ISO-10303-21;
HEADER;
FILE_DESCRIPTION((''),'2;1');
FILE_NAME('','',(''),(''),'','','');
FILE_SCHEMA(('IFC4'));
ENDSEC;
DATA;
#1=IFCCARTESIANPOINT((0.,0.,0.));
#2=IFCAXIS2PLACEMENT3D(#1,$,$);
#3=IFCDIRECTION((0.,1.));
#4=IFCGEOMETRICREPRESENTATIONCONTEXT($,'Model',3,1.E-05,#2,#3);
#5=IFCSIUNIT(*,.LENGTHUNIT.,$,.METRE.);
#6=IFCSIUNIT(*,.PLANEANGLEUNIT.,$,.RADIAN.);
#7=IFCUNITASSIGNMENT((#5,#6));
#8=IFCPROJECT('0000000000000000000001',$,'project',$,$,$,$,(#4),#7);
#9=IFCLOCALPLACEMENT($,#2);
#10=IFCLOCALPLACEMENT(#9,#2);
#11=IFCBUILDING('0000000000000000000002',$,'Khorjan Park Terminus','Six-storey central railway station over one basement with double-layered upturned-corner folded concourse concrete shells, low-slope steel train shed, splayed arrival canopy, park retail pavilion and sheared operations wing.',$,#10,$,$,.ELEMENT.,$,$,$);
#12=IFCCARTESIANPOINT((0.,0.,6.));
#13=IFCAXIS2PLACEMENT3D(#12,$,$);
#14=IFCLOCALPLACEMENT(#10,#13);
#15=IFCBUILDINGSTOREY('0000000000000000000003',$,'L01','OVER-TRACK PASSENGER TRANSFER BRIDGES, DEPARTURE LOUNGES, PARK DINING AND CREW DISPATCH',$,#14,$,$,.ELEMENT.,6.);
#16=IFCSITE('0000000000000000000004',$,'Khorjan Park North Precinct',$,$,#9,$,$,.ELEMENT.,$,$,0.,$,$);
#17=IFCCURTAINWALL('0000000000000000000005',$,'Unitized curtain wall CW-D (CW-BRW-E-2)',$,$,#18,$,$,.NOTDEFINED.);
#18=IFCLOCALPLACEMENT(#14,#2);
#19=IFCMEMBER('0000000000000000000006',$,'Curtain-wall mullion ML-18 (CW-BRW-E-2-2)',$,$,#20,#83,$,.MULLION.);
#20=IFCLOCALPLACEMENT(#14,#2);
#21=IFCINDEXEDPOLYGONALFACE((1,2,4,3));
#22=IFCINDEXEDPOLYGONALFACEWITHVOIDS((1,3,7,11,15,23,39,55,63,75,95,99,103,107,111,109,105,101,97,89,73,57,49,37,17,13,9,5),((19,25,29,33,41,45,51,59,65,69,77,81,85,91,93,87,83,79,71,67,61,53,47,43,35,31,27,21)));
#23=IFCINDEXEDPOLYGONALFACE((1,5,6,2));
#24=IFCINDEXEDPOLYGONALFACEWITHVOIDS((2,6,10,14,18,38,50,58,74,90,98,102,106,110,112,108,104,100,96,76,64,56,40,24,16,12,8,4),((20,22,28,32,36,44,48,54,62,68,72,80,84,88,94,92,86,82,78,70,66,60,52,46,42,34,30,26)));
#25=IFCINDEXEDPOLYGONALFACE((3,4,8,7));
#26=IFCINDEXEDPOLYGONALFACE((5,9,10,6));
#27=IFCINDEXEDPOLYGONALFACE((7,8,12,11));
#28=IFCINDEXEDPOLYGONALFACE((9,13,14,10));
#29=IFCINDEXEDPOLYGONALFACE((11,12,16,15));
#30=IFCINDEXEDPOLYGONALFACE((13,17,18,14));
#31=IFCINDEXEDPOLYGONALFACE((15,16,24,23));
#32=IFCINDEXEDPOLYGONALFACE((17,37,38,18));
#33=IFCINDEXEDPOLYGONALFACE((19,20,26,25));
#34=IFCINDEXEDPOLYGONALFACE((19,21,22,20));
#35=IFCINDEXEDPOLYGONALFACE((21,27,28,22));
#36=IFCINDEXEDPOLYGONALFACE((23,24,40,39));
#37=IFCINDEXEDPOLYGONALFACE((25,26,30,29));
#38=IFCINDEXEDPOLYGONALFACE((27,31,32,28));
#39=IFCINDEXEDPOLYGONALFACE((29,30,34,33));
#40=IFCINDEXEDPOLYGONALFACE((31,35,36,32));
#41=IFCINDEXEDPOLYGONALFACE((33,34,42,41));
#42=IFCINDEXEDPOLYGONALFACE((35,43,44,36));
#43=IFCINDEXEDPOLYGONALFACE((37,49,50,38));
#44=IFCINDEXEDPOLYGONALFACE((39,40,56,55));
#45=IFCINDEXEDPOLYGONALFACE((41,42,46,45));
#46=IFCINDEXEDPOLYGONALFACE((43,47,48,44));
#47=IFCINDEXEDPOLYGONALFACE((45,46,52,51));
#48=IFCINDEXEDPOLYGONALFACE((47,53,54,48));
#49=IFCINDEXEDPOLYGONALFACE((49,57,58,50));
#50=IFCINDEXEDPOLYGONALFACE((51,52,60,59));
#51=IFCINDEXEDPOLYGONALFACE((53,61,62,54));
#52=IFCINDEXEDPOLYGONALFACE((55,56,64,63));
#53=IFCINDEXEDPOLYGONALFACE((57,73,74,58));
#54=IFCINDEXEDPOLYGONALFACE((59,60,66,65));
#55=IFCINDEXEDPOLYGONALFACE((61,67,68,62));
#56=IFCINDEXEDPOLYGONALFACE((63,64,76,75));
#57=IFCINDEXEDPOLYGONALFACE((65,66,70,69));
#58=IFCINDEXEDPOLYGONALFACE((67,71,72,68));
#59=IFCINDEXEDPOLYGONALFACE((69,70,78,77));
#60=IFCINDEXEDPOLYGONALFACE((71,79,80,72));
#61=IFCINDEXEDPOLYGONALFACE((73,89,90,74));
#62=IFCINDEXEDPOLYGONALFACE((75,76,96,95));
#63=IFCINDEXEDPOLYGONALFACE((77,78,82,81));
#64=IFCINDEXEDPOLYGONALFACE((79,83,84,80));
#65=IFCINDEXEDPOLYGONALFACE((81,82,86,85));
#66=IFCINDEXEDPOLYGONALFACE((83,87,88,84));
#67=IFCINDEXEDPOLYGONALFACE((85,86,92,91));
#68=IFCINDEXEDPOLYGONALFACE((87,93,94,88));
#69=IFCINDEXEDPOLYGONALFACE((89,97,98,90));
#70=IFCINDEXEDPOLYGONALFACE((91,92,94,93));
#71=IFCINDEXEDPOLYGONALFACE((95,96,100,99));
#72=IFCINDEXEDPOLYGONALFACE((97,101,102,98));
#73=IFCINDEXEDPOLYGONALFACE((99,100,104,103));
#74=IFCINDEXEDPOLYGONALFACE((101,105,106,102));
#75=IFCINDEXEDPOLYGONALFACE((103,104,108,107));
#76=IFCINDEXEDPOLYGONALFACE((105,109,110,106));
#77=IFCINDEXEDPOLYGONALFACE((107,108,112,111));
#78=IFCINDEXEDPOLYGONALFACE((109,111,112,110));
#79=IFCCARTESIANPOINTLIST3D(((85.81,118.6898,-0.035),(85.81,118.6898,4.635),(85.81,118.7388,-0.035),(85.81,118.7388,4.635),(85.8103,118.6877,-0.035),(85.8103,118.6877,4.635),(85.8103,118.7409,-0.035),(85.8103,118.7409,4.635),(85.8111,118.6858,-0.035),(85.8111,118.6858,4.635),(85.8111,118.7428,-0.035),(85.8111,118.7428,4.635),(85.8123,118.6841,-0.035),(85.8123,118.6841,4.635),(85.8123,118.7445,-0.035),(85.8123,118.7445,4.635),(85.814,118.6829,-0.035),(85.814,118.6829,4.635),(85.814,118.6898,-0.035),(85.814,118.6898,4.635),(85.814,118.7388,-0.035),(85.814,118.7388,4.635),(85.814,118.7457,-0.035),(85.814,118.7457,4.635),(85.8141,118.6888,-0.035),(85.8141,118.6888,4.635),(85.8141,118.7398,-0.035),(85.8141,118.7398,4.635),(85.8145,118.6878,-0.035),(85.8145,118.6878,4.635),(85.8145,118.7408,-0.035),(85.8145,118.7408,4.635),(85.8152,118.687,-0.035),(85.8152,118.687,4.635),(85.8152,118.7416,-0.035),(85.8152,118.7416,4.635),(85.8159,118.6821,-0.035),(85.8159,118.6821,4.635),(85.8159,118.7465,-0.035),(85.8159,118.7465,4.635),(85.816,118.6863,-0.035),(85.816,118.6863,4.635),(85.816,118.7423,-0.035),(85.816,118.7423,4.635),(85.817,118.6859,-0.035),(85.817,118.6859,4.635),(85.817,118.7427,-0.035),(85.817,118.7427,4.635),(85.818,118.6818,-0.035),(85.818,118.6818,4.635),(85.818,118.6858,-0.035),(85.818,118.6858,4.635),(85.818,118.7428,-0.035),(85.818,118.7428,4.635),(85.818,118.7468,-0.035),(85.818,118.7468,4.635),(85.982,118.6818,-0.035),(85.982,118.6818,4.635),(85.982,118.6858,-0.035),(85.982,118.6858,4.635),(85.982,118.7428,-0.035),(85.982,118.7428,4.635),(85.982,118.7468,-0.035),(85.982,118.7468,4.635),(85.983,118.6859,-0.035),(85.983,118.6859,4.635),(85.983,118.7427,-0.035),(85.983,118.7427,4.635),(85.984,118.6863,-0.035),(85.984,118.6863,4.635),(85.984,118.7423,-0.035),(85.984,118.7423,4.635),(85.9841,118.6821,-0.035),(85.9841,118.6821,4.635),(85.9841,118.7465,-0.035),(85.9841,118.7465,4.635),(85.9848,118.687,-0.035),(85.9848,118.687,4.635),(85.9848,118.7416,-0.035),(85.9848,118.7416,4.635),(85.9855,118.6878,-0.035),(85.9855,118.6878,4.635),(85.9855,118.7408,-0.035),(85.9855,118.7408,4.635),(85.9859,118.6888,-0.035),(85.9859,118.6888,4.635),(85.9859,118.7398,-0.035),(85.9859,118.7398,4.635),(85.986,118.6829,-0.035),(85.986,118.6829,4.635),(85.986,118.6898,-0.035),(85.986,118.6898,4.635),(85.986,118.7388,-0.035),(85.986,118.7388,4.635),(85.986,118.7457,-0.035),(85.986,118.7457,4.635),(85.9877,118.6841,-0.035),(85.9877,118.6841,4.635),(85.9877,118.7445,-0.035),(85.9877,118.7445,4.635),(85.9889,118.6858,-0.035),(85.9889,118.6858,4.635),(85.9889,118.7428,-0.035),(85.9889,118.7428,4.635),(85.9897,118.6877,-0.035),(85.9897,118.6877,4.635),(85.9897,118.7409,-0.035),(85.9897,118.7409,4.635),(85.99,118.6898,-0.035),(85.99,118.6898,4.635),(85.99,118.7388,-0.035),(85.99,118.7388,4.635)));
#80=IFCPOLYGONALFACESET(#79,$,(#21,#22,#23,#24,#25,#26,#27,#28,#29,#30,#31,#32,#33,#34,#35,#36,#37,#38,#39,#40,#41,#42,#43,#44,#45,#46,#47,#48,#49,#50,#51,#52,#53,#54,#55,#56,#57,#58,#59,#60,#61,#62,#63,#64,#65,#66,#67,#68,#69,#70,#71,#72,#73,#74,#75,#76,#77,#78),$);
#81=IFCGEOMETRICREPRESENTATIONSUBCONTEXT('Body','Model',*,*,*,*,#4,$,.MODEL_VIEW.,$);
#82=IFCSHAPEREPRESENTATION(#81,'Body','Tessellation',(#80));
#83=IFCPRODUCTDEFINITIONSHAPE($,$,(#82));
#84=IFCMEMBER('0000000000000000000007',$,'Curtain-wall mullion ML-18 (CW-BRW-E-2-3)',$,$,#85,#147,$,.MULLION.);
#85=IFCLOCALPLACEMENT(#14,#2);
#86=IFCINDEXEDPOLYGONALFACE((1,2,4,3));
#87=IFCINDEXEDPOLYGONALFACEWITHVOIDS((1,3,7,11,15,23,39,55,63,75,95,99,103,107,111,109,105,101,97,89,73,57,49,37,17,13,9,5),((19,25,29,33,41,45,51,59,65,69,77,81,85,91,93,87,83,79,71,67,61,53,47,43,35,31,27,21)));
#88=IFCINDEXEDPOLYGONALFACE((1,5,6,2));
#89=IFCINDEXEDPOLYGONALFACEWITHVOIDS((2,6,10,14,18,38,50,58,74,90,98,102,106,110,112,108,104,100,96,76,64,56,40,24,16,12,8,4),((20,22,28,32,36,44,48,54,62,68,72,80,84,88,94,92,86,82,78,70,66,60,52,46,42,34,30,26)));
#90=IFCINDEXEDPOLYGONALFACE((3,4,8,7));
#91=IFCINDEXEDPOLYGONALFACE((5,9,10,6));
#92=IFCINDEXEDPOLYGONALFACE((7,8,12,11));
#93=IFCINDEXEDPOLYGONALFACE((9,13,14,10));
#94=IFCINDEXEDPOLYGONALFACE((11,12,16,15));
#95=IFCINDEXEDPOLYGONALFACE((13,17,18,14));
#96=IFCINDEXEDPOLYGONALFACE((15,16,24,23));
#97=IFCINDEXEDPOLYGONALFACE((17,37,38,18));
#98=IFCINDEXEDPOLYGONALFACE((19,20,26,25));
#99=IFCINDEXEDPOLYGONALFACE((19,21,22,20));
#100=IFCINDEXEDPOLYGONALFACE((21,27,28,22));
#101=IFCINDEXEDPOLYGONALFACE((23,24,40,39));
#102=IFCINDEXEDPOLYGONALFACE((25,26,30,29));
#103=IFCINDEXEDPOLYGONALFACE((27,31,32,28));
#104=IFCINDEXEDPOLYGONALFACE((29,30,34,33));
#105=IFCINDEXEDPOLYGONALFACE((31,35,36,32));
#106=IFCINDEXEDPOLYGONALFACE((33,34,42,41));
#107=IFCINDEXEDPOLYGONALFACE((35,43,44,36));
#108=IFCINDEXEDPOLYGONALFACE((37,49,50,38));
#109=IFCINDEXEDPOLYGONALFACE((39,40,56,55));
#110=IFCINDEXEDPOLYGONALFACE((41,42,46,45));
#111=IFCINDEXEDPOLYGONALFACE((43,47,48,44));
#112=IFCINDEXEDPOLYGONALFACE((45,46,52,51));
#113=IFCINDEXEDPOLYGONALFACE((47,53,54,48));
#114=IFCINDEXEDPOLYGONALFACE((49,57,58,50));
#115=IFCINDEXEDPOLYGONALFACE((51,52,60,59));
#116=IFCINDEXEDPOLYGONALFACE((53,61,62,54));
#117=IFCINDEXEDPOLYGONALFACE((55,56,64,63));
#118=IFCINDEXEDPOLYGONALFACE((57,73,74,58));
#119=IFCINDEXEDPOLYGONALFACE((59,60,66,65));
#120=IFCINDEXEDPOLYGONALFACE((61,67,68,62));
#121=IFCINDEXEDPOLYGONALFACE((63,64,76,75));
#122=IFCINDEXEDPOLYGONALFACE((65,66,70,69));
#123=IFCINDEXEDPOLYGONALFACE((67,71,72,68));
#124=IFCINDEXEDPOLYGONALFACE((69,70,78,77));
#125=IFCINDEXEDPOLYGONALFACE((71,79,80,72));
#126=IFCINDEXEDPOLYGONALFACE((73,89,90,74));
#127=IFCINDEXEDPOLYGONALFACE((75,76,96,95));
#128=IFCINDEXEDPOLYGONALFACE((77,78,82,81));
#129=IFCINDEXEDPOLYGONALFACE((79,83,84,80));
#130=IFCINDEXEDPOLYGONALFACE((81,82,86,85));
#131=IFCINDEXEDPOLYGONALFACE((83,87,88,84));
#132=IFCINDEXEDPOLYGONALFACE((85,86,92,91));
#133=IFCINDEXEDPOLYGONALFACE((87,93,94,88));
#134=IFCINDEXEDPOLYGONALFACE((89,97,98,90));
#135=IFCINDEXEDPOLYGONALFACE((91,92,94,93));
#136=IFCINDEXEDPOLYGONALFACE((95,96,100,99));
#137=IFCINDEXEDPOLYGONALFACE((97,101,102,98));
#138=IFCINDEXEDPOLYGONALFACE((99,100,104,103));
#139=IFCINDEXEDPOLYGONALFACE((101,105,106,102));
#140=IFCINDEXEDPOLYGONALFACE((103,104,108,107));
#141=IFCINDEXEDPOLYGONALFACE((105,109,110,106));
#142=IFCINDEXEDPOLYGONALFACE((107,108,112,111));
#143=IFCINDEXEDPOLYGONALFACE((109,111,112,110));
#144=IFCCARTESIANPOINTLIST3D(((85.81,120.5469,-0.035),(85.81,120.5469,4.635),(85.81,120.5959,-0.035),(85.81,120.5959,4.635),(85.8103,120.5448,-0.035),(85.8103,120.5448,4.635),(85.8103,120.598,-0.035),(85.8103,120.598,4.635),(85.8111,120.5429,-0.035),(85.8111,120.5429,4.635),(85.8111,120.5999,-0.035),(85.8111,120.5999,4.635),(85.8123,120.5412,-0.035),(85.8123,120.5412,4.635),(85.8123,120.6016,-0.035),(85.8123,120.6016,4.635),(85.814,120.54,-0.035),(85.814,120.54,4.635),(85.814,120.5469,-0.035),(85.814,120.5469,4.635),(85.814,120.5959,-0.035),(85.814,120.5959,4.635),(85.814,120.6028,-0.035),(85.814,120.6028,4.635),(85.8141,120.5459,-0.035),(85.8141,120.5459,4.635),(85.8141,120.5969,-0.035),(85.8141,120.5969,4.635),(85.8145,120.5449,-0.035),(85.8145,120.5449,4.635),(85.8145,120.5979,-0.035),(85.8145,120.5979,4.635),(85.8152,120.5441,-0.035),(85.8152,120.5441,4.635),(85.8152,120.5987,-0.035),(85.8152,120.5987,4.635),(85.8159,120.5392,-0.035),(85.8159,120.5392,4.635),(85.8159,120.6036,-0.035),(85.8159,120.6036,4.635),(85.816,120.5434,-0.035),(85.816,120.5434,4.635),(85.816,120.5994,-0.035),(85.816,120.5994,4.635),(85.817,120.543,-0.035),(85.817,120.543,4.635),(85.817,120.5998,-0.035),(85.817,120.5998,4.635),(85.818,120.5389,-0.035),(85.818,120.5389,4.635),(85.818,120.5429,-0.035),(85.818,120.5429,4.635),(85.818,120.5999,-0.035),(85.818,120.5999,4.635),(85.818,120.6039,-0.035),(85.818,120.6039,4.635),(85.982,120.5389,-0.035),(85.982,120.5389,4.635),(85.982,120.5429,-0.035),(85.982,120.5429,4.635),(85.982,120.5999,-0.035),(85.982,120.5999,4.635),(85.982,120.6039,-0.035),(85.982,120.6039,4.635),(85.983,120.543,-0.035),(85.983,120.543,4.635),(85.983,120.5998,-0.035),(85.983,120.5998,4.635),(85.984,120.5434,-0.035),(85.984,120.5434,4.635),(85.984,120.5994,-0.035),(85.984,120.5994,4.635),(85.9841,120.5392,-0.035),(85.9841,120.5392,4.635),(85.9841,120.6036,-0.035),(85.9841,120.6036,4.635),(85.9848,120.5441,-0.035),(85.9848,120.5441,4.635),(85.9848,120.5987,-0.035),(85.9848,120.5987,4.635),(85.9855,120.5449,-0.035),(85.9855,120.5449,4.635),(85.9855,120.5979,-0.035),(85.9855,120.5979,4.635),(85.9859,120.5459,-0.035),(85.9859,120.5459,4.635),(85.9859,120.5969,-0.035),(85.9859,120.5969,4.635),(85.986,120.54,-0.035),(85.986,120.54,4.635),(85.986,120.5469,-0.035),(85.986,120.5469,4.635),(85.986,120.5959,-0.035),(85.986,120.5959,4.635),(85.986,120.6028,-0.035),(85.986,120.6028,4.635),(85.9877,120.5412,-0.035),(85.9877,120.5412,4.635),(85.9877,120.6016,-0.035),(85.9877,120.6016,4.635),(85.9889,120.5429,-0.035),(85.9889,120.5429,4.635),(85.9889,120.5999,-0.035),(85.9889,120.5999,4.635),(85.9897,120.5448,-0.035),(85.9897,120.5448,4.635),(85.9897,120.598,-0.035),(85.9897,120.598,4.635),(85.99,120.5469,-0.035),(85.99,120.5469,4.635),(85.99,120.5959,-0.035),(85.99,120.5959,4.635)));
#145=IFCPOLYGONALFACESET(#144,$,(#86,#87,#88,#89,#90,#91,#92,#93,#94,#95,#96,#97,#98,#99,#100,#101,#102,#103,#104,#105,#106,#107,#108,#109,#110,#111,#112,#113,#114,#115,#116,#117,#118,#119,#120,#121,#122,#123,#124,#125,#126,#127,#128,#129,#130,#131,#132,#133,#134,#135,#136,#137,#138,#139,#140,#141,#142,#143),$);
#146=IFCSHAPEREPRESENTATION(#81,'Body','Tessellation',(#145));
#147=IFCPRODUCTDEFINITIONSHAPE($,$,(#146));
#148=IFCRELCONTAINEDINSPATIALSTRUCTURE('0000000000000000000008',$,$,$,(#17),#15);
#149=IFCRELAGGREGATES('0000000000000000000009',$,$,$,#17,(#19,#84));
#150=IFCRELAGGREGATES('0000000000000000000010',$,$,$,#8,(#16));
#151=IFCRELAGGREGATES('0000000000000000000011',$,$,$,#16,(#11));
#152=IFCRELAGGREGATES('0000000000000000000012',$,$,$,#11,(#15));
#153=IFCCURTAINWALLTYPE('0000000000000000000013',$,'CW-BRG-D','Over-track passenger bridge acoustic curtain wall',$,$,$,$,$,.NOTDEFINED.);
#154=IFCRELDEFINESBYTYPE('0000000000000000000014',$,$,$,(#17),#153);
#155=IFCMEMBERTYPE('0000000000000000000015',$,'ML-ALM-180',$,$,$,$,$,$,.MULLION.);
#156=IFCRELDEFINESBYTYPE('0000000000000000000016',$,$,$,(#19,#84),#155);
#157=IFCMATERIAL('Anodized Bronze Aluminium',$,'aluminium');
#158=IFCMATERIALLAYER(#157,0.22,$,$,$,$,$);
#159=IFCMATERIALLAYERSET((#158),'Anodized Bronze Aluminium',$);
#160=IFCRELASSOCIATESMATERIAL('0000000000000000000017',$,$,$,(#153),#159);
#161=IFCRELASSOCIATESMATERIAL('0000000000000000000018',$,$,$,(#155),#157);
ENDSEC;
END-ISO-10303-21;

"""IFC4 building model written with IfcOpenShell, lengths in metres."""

from ifc_helpers import new_model, si_unit, direction, frame, origin, origin_2d, place, context, subcontext, project, spatial, hollow_rectangle, extrude, material, layer, layer_set, material_profile, profile_set, type_object, element, aggregate, save


model = new_model("IFC4")

# Units and contexts
model_context = context("Model", 3, precision=1e-05, world=origin(), true_north=direction((0.0, 1.0)))
body_context = subcontext(model_context, "Body", "Model", "MODEL_VIEW")
ifc_project = project(units=[si_unit("LENGTHUNIT", "METRE"), si_unit("PLANEANGLEUNIT", "RADIAN")], contexts=[model_context])

# Site, building, storey
site_placement = place(None, origin())
site = spatial("IfcSite", under=ifc_project, at=site_placement, Name="Khorjan Park North Precinct", CompositionType="ELEMENT", RefElevation=0.0)
building_placement = place(site_placement, origin())
building = spatial("IfcBuilding", under=site, at=building_placement, Name="Khorjan Park Terminus", Description="Six-storey central railway station over one basement with double-layered upturned-corner folded concourse concrete shells, low-slope steel train shed, splayed arrival canopy, park retail pavilion and sheared operations wing.", CompositionType="ELEMENT")
storey_placement = place(building_placement, frame((0.0, 0.0, 6.0)))
storey = spatial("IfcBuildingStorey", under=building, at=storey_placement, Name="L01", Description="OVER-TRACK PASSENGER TRANSFER BRIDGES, DEPARTURE LOUNGES, PARK DINING AND CREW DISPATCH", CompositionType="ELEMENT", Elevation=6.0)

# Curtain wall, members
ifc_material_1 = material(Name="Anodized Bronze Aluminium", Category="aluminium")
ifc_layer_1 = layer(ifc_material_1, 0.22)
ifc_layer_set_1 = layer_set([ifc_layer_1], Name="Anodized Bronze Aluminium")
curtain_wall_type = type_object("IfcCurtainWallType", Name="CW-BRG-D", Description="Over-track passenger bridge acoustic curtain wall", PredefinedType="NOTDEFINED", material=ifc_layer_set_1)
curtain_wall_placement = place(storey_placement, origin())
curtain_wall = element("IfcCurtainWall", 1, at=curtain_wall_placement, inside=storey, type_object=curtain_wall_type, Name="Unitized curtain wall CW-D (CW-BRW-E-2)", PredefinedType="NOTDEFINED")
ifc_material_profile_1 = material_profile(ifc_material_1, hollow_rectangle(XDim=0.065, YDim=0.18, WallThickness=0.004, InnerFilletRadius=0.004, OuterFilletRadius=0.008, at=origin_2d()), Name="ALM 65x180x4")
ifc_profile_set_1 = profile_set([ifc_material_profile_1], Name="Anodized Bronze Aluminium")
member_type_1 = type_object("IfcMemberType", Name="ML-ALM-180", PredefinedType="MULLION", material=ifc_profile_set_1)
member_1_placement = place(storey_placement, frame((85.9, 118.7143, -0.035), z_axis=(0.0, 0.0, 1.0), x_axis=(0.0, 1.0, 0.0)))
member_1 = element("IfcMember", 2, at=member_1_placement, type_object=member_type_1, Name="Curtain-wall mullion ML-18 (CW-BRW-E-2-2)", PredefinedType="MULLION", context=body_context, shape_type="SweptSolid", body=[
    extrude(hollow_rectangle(XDim=0.065, YDim=0.18, WallThickness=0.004, InnerFilletRadius=0.004, OuterFilletRadius=0.008, at=origin_2d()), origin(), (0.0, 0.0, 1.0), 4.67),
])
member_2_placement = place(storey_placement, frame((85.9, 120.5714, -0.035), z_axis=(0.0, 0.0, 1.0), x_axis=(0.0, 1.0, 0.0)))
member_2 = element("IfcMember", 3, at=member_2_placement, type_object=member_type_1, Name="Curtain-wall mullion ML-18 (CW-BRW-E-2-3)", PredefinedType="MULLION", context=body_context, shape_type="SweptSolid", body=[
    extrude(hollow_rectangle(XDim=0.065, YDim=0.18, WallThickness=0.004, InnerFilletRadius=0.004, OuterFilletRadius=0.008, at=origin_2d()), origin(), (0.0, 0.0, 1.0), 4.67),
])
aggregate(curtain_wall, [member_1, member_2])

save(model, "model.ifc")
